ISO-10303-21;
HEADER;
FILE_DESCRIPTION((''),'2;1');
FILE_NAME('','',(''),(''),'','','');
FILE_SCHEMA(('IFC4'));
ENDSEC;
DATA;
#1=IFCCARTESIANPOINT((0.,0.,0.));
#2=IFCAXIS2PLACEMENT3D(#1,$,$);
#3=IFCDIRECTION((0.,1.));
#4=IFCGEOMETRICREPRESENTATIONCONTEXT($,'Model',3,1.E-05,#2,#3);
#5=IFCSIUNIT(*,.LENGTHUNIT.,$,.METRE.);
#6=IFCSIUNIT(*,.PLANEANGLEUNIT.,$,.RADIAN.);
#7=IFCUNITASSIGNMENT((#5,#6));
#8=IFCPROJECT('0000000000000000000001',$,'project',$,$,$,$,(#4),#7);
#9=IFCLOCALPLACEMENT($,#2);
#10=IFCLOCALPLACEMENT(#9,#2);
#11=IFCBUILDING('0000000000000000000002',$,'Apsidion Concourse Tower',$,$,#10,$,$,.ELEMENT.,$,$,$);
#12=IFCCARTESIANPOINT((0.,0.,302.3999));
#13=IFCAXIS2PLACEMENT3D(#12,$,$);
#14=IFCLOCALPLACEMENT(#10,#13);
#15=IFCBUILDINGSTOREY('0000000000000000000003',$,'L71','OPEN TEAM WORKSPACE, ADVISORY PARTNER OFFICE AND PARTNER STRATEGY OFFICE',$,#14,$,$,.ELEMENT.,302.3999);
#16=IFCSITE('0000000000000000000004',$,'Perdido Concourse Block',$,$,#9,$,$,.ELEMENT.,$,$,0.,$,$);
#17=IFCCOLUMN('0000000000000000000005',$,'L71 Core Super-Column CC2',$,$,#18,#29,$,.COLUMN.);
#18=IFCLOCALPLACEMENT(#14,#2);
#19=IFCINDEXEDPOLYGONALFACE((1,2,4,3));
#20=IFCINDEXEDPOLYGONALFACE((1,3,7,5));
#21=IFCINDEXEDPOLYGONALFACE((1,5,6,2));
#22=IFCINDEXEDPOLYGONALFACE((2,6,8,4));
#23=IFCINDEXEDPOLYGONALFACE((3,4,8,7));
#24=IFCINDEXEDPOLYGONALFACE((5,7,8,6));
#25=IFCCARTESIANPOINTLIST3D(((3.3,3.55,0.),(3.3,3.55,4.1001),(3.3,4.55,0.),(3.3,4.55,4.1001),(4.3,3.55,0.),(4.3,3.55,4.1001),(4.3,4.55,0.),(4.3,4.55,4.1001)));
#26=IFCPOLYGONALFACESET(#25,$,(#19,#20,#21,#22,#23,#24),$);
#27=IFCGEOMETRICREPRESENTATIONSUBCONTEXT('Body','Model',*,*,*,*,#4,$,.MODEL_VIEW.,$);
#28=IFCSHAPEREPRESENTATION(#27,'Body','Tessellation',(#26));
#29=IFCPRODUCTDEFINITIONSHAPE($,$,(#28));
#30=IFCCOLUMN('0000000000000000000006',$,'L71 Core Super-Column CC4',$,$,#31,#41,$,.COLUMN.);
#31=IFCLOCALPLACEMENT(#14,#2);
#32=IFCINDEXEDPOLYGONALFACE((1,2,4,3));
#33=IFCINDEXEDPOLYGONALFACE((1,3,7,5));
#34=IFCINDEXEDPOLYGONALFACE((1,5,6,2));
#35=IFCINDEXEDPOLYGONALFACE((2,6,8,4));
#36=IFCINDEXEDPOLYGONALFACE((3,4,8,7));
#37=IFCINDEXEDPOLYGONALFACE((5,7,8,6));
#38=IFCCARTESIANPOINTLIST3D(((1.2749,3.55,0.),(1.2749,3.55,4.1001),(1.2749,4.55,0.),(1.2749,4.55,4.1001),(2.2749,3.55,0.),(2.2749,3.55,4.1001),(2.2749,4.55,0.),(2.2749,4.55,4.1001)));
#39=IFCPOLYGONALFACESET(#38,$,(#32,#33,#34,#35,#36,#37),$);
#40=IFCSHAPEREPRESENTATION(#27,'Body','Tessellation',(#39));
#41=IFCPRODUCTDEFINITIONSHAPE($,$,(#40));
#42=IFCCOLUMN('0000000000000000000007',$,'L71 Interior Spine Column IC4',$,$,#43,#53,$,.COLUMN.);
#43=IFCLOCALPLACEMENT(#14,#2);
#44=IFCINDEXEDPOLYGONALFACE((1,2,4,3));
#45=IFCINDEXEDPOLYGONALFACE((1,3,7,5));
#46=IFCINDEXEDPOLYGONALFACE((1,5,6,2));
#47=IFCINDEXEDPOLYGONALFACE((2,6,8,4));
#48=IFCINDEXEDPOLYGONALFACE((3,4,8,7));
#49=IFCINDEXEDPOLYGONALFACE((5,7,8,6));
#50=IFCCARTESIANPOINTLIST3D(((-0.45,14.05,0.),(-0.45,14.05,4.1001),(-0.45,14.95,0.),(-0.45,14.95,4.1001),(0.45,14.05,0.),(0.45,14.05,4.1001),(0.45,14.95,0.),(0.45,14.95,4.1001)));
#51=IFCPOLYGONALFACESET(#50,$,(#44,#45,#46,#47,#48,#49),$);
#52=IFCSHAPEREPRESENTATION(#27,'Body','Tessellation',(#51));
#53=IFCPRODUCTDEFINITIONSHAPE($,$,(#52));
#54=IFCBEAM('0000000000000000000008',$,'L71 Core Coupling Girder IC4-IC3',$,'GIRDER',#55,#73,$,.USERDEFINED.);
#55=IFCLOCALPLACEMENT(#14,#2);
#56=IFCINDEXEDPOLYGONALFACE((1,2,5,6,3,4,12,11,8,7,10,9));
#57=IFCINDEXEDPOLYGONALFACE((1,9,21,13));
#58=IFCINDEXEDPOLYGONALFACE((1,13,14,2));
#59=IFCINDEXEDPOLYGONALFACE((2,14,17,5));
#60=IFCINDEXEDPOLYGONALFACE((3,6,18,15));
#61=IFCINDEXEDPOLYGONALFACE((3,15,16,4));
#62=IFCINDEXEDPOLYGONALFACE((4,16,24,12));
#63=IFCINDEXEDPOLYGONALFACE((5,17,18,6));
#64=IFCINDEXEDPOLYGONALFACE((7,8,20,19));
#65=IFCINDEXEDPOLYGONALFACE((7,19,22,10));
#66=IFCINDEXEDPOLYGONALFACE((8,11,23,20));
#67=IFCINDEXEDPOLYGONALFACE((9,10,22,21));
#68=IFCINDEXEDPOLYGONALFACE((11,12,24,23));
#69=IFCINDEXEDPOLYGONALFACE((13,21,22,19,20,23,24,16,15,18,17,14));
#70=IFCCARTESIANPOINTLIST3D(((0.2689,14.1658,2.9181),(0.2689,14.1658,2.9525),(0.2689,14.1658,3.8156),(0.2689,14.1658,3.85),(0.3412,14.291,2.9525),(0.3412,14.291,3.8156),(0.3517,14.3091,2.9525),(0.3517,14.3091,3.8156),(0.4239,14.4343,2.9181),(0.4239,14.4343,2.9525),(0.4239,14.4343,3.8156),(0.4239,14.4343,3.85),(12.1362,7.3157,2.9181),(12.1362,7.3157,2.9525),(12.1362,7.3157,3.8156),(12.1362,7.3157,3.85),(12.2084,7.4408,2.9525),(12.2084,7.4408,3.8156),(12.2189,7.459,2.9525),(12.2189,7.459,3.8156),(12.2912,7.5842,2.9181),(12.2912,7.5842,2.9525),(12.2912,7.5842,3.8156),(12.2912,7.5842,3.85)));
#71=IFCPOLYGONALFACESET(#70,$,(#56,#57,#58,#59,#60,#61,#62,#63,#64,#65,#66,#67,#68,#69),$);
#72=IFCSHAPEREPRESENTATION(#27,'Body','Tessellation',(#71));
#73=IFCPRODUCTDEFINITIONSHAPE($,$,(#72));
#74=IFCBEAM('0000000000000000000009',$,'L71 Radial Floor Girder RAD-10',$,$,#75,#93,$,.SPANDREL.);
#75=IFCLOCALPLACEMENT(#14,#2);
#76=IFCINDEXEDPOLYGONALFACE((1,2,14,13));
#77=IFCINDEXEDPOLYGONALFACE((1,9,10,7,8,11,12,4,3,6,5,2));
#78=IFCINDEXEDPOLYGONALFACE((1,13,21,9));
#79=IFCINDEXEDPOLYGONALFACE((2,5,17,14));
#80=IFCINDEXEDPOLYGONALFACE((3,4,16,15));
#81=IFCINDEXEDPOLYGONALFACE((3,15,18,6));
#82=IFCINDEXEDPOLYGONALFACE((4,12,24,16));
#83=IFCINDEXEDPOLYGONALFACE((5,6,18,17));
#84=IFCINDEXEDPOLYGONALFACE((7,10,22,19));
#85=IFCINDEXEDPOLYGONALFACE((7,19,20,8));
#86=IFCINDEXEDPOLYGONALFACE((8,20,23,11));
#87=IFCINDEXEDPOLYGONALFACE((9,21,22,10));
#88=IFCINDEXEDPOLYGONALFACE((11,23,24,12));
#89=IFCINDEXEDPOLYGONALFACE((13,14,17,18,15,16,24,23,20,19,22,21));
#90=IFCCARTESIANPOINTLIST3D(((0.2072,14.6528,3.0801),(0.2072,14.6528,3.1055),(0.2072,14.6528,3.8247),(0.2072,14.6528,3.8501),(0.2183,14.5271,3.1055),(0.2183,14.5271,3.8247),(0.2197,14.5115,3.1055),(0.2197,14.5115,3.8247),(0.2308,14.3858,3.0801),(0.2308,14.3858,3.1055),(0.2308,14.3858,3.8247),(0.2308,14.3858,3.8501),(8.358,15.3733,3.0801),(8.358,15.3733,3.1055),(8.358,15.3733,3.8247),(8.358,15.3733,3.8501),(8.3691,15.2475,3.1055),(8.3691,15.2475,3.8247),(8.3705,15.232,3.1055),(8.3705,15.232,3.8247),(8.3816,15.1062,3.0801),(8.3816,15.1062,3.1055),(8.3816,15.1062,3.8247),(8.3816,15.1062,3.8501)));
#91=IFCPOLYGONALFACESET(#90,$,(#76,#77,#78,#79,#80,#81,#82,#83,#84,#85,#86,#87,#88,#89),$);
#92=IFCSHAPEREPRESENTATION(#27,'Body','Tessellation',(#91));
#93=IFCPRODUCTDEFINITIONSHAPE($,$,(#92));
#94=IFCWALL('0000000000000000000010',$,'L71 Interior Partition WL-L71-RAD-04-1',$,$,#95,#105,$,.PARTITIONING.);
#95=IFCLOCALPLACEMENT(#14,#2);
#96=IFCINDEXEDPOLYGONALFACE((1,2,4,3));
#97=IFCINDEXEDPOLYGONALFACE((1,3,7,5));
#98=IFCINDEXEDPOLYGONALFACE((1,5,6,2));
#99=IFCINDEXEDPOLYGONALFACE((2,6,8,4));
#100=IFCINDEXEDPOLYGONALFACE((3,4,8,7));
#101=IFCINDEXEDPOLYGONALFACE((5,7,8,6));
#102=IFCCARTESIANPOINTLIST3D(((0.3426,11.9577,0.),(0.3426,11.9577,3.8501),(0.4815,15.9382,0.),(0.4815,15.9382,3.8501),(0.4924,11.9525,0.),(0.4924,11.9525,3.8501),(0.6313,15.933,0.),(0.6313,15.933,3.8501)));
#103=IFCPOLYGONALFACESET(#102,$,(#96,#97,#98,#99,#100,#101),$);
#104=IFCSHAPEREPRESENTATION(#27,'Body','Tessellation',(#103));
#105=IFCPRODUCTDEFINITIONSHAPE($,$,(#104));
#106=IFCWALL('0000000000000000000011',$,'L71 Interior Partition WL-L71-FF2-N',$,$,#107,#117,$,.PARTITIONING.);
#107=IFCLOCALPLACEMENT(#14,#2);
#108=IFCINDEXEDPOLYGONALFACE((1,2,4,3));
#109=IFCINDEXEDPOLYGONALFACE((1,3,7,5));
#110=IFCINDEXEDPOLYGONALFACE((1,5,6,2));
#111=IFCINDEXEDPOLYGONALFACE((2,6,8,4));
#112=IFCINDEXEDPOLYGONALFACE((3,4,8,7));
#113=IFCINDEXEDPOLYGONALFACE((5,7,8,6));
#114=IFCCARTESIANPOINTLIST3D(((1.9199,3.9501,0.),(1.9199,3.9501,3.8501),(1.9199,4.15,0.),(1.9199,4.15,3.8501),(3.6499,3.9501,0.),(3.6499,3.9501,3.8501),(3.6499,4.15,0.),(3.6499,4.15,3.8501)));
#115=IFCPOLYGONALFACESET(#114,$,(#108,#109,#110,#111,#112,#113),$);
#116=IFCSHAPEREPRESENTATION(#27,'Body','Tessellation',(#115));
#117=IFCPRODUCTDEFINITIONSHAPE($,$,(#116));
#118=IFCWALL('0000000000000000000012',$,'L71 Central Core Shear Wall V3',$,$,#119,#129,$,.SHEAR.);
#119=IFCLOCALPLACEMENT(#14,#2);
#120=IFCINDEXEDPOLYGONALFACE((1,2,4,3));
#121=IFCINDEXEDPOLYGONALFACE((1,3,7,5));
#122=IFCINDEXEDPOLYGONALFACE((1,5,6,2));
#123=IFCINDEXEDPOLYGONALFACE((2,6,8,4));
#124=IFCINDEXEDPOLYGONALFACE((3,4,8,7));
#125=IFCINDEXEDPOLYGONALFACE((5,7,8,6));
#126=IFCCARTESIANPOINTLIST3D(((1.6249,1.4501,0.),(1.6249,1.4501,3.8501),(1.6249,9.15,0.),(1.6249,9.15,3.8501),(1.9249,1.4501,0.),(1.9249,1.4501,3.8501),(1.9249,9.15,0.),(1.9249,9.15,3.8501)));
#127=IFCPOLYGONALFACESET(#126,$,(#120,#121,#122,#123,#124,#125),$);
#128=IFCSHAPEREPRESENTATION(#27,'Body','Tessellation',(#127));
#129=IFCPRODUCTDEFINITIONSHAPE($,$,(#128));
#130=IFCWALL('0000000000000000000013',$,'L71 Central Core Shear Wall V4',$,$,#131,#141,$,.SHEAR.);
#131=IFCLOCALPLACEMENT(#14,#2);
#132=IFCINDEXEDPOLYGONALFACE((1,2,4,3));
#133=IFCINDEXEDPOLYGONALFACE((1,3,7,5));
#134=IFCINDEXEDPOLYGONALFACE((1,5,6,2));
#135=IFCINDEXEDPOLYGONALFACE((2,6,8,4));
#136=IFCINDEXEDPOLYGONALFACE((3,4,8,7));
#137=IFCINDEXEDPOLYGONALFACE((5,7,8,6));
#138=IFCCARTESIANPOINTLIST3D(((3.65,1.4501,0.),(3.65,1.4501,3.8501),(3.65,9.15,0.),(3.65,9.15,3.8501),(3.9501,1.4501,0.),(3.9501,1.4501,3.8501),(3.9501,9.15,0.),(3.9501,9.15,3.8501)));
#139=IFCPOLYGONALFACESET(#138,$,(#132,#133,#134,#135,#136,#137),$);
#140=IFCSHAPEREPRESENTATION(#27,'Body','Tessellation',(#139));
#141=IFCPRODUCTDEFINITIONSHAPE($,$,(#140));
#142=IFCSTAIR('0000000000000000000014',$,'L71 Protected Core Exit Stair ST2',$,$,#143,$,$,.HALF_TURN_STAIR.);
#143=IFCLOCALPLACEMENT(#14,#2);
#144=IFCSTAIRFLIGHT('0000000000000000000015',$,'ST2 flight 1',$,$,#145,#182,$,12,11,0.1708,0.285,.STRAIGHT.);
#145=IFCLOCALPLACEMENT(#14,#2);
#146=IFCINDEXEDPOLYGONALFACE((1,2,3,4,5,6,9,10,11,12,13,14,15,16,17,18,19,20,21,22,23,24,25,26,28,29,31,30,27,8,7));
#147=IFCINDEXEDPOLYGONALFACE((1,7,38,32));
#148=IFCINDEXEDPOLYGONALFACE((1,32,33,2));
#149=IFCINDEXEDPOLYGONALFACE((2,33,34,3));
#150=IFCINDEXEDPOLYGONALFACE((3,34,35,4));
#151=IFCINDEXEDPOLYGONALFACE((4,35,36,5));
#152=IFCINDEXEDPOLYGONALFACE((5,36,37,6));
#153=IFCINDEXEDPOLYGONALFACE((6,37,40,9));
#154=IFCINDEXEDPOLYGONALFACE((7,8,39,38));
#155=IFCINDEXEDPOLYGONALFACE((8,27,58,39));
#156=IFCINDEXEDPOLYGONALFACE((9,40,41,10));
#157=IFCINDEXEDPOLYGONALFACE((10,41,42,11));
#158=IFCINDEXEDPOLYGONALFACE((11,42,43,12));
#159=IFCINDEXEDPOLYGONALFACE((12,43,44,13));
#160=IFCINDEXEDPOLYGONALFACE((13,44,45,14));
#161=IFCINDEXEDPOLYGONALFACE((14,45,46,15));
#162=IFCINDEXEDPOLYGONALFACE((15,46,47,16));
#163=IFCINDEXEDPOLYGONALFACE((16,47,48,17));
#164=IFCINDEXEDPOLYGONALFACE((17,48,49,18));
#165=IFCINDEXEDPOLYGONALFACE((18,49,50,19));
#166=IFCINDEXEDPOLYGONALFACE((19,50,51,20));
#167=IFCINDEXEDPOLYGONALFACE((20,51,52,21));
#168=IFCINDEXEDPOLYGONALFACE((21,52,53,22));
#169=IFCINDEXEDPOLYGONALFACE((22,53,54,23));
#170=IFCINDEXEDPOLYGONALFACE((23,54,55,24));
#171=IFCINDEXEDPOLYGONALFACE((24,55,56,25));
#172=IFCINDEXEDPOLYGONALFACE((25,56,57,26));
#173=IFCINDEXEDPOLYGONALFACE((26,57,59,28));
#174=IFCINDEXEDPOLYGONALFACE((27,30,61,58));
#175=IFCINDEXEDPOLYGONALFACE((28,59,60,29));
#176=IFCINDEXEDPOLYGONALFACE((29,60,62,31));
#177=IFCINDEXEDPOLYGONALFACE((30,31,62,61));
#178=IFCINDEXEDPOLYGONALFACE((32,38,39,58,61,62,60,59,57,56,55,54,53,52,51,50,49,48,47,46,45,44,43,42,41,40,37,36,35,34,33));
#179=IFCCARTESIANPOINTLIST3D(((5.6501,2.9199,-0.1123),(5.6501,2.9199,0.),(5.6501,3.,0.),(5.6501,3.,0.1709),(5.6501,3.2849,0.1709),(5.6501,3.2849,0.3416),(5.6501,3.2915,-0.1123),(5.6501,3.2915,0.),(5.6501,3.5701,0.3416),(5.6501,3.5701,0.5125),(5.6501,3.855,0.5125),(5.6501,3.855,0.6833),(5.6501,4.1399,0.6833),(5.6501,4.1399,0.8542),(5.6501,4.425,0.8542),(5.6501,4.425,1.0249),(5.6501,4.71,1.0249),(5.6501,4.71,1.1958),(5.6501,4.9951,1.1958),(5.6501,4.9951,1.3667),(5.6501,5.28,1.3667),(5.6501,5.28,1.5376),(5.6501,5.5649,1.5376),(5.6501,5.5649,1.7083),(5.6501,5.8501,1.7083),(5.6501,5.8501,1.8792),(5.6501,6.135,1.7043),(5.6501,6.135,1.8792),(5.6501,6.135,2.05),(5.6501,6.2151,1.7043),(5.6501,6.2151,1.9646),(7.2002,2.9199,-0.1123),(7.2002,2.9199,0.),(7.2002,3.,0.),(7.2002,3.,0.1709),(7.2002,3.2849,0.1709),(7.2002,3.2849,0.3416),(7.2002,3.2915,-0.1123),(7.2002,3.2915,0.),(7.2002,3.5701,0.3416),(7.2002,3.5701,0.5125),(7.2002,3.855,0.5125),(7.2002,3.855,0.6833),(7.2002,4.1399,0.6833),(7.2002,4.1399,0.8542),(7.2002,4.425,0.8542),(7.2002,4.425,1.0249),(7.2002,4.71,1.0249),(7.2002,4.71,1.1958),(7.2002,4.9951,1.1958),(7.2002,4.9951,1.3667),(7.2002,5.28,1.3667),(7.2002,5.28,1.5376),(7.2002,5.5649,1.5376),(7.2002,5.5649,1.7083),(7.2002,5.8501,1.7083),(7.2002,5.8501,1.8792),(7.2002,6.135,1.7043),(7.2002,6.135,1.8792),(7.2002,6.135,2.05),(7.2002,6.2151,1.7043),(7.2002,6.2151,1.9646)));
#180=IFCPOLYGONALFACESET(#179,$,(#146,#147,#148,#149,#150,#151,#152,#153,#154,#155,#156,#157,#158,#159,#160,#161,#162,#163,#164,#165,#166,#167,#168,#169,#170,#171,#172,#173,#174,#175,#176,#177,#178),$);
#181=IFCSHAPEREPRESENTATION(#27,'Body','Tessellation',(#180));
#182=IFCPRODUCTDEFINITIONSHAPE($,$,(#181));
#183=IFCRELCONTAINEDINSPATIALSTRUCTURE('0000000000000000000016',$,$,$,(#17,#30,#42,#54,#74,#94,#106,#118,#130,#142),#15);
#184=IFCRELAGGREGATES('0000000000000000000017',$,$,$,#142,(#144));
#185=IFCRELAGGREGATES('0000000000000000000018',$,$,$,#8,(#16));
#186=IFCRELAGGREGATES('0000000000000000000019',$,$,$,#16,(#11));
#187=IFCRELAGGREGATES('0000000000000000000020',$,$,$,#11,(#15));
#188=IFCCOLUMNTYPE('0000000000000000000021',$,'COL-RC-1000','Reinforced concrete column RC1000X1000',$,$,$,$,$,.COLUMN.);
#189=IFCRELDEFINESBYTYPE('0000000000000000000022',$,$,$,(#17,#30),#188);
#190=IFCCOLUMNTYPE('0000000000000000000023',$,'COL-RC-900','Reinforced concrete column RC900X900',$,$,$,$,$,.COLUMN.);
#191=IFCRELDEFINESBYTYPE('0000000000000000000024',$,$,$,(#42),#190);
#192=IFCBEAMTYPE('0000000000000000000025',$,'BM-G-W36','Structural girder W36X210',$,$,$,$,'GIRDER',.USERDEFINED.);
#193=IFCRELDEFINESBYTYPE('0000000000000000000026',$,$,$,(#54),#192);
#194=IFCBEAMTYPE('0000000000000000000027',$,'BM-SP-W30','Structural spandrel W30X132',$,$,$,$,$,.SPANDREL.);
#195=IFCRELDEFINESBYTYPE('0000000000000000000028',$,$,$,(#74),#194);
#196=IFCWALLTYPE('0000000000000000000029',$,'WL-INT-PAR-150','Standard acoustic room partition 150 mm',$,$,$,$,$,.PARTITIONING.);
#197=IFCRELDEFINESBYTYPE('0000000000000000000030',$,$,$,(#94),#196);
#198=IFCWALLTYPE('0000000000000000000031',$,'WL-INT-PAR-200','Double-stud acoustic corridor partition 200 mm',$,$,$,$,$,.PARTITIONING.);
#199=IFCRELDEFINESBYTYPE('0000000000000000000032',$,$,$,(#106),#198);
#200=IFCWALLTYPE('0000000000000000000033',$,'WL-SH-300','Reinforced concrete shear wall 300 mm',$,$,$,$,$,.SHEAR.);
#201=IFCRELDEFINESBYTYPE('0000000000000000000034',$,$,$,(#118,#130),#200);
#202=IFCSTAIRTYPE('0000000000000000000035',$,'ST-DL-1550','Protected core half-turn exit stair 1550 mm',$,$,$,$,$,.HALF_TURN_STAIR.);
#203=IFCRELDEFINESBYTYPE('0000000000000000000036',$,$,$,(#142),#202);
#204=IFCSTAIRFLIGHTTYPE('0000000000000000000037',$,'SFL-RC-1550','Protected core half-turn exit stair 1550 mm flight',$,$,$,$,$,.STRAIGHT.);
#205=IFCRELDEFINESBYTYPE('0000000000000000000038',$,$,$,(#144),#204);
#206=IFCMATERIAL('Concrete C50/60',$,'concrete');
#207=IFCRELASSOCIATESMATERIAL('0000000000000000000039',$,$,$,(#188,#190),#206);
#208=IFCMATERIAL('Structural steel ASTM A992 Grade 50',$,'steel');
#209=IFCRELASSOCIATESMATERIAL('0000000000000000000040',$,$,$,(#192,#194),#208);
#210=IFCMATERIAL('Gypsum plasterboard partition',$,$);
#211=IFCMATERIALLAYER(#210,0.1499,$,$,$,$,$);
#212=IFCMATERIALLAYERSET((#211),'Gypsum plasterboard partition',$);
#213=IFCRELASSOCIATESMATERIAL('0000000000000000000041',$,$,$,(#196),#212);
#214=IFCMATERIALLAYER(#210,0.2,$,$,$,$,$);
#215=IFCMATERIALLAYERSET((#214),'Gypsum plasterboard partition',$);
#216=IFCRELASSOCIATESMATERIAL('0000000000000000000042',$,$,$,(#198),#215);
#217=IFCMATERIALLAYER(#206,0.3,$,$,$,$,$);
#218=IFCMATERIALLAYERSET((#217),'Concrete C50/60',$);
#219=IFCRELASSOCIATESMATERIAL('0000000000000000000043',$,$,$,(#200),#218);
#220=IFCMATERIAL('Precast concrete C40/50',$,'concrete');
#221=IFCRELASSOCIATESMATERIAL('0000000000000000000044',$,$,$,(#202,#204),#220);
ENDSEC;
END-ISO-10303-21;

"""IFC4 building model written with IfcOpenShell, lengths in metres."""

from ifc_helpers import new_model, si_unit, direction, frame, frame_2d, origin, origin_2d, place, context, subcontext, project, spatial, polyline, rectangle, i_section, outline, extrude, material, layer, layer_set, material_profile, profile_set, type_object, element, aggregate, save


model = new_model("IFC4")

# Units and contexts
model_context = context("Model", 3, precision=1e-05, world=origin(), true_north=direction((0.0, 1.0)))
body_context = subcontext(model_context, "Body", "Model", "MODEL_VIEW")
ifc_project = project(units=[si_unit("LENGTHUNIT", "METRE"), si_unit("PLANEANGLEUNIT", "RADIAN")], contexts=[model_context])

# Site, building, storey
site_placement = place(None, origin())
site = spatial("IfcSite", under=ifc_project, at=site_placement, Name="Perdido Concourse Block", CompositionType="ELEMENT", RefElevation=0.0)
building_placement = place(site_placement, origin())
building = spatial("IfcBuilding", under=site, at=building_placement, Name="Apsidion Concourse Tower", CompositionType="ELEMENT")
storey_placement = place(building_placement, frame((0.0, 0.0, 302.3999)))
storey = spatial("IfcBuildingStorey", under=building, at=storey_placement, Name="L71", Description="OPEN TEAM WORKSPACE, ADVISORY PARTNER OFFICE AND PARTNER STRATEGY OFFICE", CompositionType="ELEMENT", Elevation=302.3999)

# Columns
ifc_material_1 = material(Name="Concrete C50/60", Category="concrete")
ifc_material_profile_1 = material_profile(ifc_material_1, rectangle(XDim=1.0, YDim=1.0, at=origin_2d()), Name="RC 1000x1000")
ifc_profile_set_1 = profile_set([ifc_material_profile_1], Name="Concrete C50/60")
column_type_1 = type_object("IfcColumnType", Name="COL-RC-1000", Description="Reinforced concrete column RC1000X1000", PredefinedType="COLUMN", material=ifc_profile_set_1)
for number, where, z_axis, x_axis, name in (
    (1, (3.8, 4.05, 0.0), (0.0, 0.0, 1.0), (1.0, 0.0, 0.0), "L71 Core Super-Column CC2"),
    (2, (1.7749, 4.05, 0.0), (0.0, 0.0, 1.0), (1.0, 0.0, 0.0), "L71 Core Super-Column CC4"),
):
    element("IfcColumn", number, at=place(storey_placement, frame(where, z_axis=z_axis, x_axis=x_axis)), inside=storey, type_object=column_type_1, Name=name, PredefinedType="COLUMN", context=body_context, shape_type="SweptSolid", body=[
        extrude(rectangle(XDim=1.0, YDim=1.0, at=origin_2d()), origin(), (0.0, 0.0, 1.0), 4.1001),
    ])
ifc_material_profile_2 = material_profile(ifc_material_1, rectangle(XDim=0.8999, YDim=0.8999, at=origin_2d()), Name="RC 900x900")
ifc_profile_set_2 = profile_set([ifc_material_profile_2], Name="Concrete C50/60")
column_type_2 = type_object("IfcColumnType", Name="COL-RC-900", Description="Reinforced concrete column RC900X900", PredefinedType="COLUMN", material=ifc_profile_set_2)
column_placement = place(storey_placement, frame((0.0, 14.5, 0.0), z_axis=(0.0, 0.0, 1.0), x_axis=(1.0, 0.0, 0.0)))
element("IfcColumn", 3, at=column_placement, inside=storey, type_object=column_type_2, Name="L71 Interior Spine Column IC4", PredefinedType="COLUMN", context=body_context, shape_type="SweptSolid", body=[
    extrude(rectangle(XDim=0.8999, YDim=0.8999, at=origin_2d()), origin(), (0.0, 0.0, 1.0), 4.1001),
])

# Beams
ifc_material_2 = material(Name="Structural steel ASTM A992 Grade 50", Category="steel")
ifc_material_profile_3 = material_profile(ifc_material_2, i_section(OverallWidth=0.3101, OverallDepth=0.9319, WebThickness=0.021, FlangeThickness=0.0344, at=origin_2d()), Name="W36X210")
ifc_profile_set_3 = profile_set([ifc_material_profile_3], Name="Structural steel ASTM A992 Grade 50")
beam_type_1 = type_object("IfcBeamType", Name="BM-G-W36", Description="Structural girder W36X210", ElementType="GIRDER", PredefinedType="USERDEFINED", material=ifc_profile_set_3)
beam_1_placement = place(storey_placement, frame((0.3464, 14.3, 3.384), z_axis=(0.86607, -0.499922, 0.0), x_axis=(0.499922, 0.86607, 0.0)))
element("IfcBeam", 4, at=beam_1_placement, inside=storey, type_object=beam_type_1, Name="L71 Core Coupling Girder IC4-IC3", ObjectType="GIRDER", PredefinedType="USERDEFINED", context=body_context, shape_type="SweptSolid", body=[
    extrude(i_section(OverallWidth=0.3101, OverallDepth=0.9319, WebThickness=0.021, FlangeThickness=0.0344, at=origin_2d()), origin(), (0.0, 0.0, 1.0), 13.7024),
])
ifc_material_profile_4 = material_profile(ifc_material_2, i_section(OverallWidth=0.2681, OverallDepth=0.77, WebThickness=0.0156, FlangeThickness=0.0254, at=origin_2d()), Name="W30X132")
ifc_profile_set_4 = profile_set([ifc_material_profile_4], Name="Structural steel ASTM A992 Grade 50")
beam_type_2 = type_object("IfcBeamType", Name="BM-SP-W30", Description="Structural spandrel W30X132", PredefinedType="SPANDREL", material=ifc_profile_set_4)
beam_2_placement = place(storey_placement, frame((0.219, 14.5193, 3.4651), z_axis=(0.996116, 0.088047, 0.0), x_axis=(-0.088047, 0.996116, 0.0)))
element("IfcBeam", 5, at=beam_2_placement, inside=storey, type_object=beam_type_2, Name="L71 Radial Floor Girder RAD-10", PredefinedType="SPANDREL", context=body_context, shape_type="SweptSolid", body=[
    extrude(i_section(OverallWidth=0.2681, OverallDepth=0.77, WebThickness=0.0156, FlangeThickness=0.0254, at=origin_2d()), origin(), (0.0, 0.0, 1.0), 8.1826),
])

# Walls
ifc_material_3 = material(Name="Gypsum plasterboard partition")
ifc_layer_1 = layer(ifc_material_3, 0.1499)
ifc_layer_set_1 = layer_set([ifc_layer_1], Name="Gypsum plasterboard partition")
wall_type_1 = type_object("IfcWallType", Name="WL-INT-PAR-150", Description="Standard acoustic room partition 150 mm", PredefinedType="PARTITIONING", material=ifc_layer_set_1)
wall_1_placement = place(storey_placement, frame((0.4175, 11.9551, 0.0), z_axis=(0.0, 0.0, 1.0), x_axis=(0.034878, 0.999392, 0.0)))
element("IfcWall", 6, at=wall_1_placement, inside=storey, type_object=wall_type_1, Name="L71 Interior Partition WL-L71-RAD-04-1", PredefinedType="PARTITIONING", context=body_context, shape_type="SweptSolid", body=[
    extrude(rectangle(XDim=3.9829, YDim=0.1499, at=frame_2d((1.9915, 0.0))), origin(), (0.0, 0.0, 1.0), 3.8501),
])
ifc_layer_2 = layer(ifc_material_3, 0.2)
ifc_layer_set_2 = layer_set([ifc_layer_2], Name="Gypsum plasterboard partition")
wall_type_2 = type_object("IfcWallType", Name="WL-INT-PAR-200", Description="Double-stud acoustic corridor partition 200 mm", PredefinedType="PARTITIONING", material=ifc_layer_set_2)
wall_2_placement = place(storey_placement, frame((1.9199, 4.05, 0.0), z_axis=(0.0, 0.0, 1.0), x_axis=(1.0, 0.0, 0.0)))
element("IfcWall", 7, at=wall_2_placement, inside=storey, type_object=wall_type_2, Name="L71 Interior Partition WL-L71-FF2-N", PredefinedType="PARTITIONING", context=body_context, shape_type="SweptSolid", body=[
    extrude(rectangle(XDim=1.73, YDim=0.2, at=frame_2d((0.865, 0.0))), origin(), (0.0, 0.0, 1.0), 3.8501),
])
ifc_layer_3 = layer(ifc_material_1, 0.3)
ifc_layer_set_3 = layer_set([ifc_layer_3], Name="Concrete C50/60")
wall_type_3 = type_object("IfcWallType", Name="WL-SH-300", Description="Reinforced concrete shear wall 300 mm", PredefinedType="SHEAR", material=ifc_layer_set_3)
for number, where, z_axis, x_axis, name in (
    (8, (1.7749, 1.45, 0.0), (0.0, 0.0, 1.0), (0.0, 1.0, 0.0), "L71 Central Core Shear Wall V3"),
    (9, (3.8, 1.45, 0.0), (0.0, 0.0, 1.0), (0.0, 1.0, 0.0), "L71 Central Core Shear Wall V4"),
):
    element("IfcWall", number, at=place(storey_placement, frame(where, z_axis=z_axis, x_axis=x_axis)), inside=storey, type_object=wall_type_3, Name=name, PredefinedType="SHEAR", context=body_context, shape_type="SweptSolid", body=[
        extrude(rectangle(XDim=7.7, YDim=0.3, at=frame_2d((3.8501, 0.0))), origin(), (0.0, 0.0, 1.0), 3.8501),
    ])

# Stair, stair flight
ifc_material_4 = material(Name="Precast concrete C40/50", Category="concrete")
stair_type = type_object("IfcStairType", Name="ST-DL-1550", Description="Protected core half-turn exit stair 1550 mm", PredefinedType="HALF_TURN_STAIR", material=ifc_material_4)
stair_1_placement = place(storey_placement, origin())
stair_1 = element("IfcStair", 10, at=stair_1_placement, inside=storey, type_object=stair_type, Name="L71 Protected Core Exit Stair ST2", PredefinedType="HALF_TURN_STAIR")
stair_flight_type = type_object("IfcStairFlightType", Name="SFL-RC-1550", Description="Protected core half-turn exit stair 1550 mm flight", PredefinedType="STRAIGHT", material=ifc_material_4)
stair_flight_1_placement = place(storey_placement, frame((6.425, 3.0, 0.0), z_axis=(0.0, 0.0, 1.0), x_axis=(0.0, 1.0, 0.0)))
stair_flight_1 = element("IfcStairFlight", 11, at=stair_flight_1_placement, type_object=stair_flight_type, Name="ST2 flight 1", NumberOfRisers=12, NumberOfTreads=11, PredefinedType="STRAIGHT", RiserHeight=0.1708, TreadLength=0.285, context=body_context, shape_type="SweptSolid", body=[
    extrude(outline(polyline([(-0.0801, -0.1123), (-0.0801, 0.0), (0.0, 0.0), (0.0, 0.1709), (0.2849, 0.1709), (0.2849, 0.3416), (0.5701, 0.3416), (0.5701, 0.5125), (0.855, 0.5125), (0.855, 0.6833), (1.1399, 0.6833), (1.1399, 0.8542), (1.425, 0.8542), (1.425, 1.0249), (1.71, 1.0249), (1.71, 1.1958), (1.9951, 1.1958), (1.9951, 1.3667), (2.28, 1.3667), (2.28, 1.5376), (2.5649, 1.5376), (2.5649, 1.7083), (2.8501, 1.7083), (2.8501, 1.8792), (3.135, 1.8792), (3.135, 2.05), (3.2151, 1.9646), (3.2151, 1.7043), (3.135, 1.7043), (0.2915, 0.0), (0.2915, -0.1123), (-0.0801, -0.1123)])), frame((0.0, 0.7749, 0.0), z_axis=(0.0, -1.0, 0.0), x_axis=(1.0, 0.0, 0.0)), (0.0, 0.0, 1.0), 1.55),
])
aggregate(stair_1, [stair_flight_1])

save(model, "model.ifc")
